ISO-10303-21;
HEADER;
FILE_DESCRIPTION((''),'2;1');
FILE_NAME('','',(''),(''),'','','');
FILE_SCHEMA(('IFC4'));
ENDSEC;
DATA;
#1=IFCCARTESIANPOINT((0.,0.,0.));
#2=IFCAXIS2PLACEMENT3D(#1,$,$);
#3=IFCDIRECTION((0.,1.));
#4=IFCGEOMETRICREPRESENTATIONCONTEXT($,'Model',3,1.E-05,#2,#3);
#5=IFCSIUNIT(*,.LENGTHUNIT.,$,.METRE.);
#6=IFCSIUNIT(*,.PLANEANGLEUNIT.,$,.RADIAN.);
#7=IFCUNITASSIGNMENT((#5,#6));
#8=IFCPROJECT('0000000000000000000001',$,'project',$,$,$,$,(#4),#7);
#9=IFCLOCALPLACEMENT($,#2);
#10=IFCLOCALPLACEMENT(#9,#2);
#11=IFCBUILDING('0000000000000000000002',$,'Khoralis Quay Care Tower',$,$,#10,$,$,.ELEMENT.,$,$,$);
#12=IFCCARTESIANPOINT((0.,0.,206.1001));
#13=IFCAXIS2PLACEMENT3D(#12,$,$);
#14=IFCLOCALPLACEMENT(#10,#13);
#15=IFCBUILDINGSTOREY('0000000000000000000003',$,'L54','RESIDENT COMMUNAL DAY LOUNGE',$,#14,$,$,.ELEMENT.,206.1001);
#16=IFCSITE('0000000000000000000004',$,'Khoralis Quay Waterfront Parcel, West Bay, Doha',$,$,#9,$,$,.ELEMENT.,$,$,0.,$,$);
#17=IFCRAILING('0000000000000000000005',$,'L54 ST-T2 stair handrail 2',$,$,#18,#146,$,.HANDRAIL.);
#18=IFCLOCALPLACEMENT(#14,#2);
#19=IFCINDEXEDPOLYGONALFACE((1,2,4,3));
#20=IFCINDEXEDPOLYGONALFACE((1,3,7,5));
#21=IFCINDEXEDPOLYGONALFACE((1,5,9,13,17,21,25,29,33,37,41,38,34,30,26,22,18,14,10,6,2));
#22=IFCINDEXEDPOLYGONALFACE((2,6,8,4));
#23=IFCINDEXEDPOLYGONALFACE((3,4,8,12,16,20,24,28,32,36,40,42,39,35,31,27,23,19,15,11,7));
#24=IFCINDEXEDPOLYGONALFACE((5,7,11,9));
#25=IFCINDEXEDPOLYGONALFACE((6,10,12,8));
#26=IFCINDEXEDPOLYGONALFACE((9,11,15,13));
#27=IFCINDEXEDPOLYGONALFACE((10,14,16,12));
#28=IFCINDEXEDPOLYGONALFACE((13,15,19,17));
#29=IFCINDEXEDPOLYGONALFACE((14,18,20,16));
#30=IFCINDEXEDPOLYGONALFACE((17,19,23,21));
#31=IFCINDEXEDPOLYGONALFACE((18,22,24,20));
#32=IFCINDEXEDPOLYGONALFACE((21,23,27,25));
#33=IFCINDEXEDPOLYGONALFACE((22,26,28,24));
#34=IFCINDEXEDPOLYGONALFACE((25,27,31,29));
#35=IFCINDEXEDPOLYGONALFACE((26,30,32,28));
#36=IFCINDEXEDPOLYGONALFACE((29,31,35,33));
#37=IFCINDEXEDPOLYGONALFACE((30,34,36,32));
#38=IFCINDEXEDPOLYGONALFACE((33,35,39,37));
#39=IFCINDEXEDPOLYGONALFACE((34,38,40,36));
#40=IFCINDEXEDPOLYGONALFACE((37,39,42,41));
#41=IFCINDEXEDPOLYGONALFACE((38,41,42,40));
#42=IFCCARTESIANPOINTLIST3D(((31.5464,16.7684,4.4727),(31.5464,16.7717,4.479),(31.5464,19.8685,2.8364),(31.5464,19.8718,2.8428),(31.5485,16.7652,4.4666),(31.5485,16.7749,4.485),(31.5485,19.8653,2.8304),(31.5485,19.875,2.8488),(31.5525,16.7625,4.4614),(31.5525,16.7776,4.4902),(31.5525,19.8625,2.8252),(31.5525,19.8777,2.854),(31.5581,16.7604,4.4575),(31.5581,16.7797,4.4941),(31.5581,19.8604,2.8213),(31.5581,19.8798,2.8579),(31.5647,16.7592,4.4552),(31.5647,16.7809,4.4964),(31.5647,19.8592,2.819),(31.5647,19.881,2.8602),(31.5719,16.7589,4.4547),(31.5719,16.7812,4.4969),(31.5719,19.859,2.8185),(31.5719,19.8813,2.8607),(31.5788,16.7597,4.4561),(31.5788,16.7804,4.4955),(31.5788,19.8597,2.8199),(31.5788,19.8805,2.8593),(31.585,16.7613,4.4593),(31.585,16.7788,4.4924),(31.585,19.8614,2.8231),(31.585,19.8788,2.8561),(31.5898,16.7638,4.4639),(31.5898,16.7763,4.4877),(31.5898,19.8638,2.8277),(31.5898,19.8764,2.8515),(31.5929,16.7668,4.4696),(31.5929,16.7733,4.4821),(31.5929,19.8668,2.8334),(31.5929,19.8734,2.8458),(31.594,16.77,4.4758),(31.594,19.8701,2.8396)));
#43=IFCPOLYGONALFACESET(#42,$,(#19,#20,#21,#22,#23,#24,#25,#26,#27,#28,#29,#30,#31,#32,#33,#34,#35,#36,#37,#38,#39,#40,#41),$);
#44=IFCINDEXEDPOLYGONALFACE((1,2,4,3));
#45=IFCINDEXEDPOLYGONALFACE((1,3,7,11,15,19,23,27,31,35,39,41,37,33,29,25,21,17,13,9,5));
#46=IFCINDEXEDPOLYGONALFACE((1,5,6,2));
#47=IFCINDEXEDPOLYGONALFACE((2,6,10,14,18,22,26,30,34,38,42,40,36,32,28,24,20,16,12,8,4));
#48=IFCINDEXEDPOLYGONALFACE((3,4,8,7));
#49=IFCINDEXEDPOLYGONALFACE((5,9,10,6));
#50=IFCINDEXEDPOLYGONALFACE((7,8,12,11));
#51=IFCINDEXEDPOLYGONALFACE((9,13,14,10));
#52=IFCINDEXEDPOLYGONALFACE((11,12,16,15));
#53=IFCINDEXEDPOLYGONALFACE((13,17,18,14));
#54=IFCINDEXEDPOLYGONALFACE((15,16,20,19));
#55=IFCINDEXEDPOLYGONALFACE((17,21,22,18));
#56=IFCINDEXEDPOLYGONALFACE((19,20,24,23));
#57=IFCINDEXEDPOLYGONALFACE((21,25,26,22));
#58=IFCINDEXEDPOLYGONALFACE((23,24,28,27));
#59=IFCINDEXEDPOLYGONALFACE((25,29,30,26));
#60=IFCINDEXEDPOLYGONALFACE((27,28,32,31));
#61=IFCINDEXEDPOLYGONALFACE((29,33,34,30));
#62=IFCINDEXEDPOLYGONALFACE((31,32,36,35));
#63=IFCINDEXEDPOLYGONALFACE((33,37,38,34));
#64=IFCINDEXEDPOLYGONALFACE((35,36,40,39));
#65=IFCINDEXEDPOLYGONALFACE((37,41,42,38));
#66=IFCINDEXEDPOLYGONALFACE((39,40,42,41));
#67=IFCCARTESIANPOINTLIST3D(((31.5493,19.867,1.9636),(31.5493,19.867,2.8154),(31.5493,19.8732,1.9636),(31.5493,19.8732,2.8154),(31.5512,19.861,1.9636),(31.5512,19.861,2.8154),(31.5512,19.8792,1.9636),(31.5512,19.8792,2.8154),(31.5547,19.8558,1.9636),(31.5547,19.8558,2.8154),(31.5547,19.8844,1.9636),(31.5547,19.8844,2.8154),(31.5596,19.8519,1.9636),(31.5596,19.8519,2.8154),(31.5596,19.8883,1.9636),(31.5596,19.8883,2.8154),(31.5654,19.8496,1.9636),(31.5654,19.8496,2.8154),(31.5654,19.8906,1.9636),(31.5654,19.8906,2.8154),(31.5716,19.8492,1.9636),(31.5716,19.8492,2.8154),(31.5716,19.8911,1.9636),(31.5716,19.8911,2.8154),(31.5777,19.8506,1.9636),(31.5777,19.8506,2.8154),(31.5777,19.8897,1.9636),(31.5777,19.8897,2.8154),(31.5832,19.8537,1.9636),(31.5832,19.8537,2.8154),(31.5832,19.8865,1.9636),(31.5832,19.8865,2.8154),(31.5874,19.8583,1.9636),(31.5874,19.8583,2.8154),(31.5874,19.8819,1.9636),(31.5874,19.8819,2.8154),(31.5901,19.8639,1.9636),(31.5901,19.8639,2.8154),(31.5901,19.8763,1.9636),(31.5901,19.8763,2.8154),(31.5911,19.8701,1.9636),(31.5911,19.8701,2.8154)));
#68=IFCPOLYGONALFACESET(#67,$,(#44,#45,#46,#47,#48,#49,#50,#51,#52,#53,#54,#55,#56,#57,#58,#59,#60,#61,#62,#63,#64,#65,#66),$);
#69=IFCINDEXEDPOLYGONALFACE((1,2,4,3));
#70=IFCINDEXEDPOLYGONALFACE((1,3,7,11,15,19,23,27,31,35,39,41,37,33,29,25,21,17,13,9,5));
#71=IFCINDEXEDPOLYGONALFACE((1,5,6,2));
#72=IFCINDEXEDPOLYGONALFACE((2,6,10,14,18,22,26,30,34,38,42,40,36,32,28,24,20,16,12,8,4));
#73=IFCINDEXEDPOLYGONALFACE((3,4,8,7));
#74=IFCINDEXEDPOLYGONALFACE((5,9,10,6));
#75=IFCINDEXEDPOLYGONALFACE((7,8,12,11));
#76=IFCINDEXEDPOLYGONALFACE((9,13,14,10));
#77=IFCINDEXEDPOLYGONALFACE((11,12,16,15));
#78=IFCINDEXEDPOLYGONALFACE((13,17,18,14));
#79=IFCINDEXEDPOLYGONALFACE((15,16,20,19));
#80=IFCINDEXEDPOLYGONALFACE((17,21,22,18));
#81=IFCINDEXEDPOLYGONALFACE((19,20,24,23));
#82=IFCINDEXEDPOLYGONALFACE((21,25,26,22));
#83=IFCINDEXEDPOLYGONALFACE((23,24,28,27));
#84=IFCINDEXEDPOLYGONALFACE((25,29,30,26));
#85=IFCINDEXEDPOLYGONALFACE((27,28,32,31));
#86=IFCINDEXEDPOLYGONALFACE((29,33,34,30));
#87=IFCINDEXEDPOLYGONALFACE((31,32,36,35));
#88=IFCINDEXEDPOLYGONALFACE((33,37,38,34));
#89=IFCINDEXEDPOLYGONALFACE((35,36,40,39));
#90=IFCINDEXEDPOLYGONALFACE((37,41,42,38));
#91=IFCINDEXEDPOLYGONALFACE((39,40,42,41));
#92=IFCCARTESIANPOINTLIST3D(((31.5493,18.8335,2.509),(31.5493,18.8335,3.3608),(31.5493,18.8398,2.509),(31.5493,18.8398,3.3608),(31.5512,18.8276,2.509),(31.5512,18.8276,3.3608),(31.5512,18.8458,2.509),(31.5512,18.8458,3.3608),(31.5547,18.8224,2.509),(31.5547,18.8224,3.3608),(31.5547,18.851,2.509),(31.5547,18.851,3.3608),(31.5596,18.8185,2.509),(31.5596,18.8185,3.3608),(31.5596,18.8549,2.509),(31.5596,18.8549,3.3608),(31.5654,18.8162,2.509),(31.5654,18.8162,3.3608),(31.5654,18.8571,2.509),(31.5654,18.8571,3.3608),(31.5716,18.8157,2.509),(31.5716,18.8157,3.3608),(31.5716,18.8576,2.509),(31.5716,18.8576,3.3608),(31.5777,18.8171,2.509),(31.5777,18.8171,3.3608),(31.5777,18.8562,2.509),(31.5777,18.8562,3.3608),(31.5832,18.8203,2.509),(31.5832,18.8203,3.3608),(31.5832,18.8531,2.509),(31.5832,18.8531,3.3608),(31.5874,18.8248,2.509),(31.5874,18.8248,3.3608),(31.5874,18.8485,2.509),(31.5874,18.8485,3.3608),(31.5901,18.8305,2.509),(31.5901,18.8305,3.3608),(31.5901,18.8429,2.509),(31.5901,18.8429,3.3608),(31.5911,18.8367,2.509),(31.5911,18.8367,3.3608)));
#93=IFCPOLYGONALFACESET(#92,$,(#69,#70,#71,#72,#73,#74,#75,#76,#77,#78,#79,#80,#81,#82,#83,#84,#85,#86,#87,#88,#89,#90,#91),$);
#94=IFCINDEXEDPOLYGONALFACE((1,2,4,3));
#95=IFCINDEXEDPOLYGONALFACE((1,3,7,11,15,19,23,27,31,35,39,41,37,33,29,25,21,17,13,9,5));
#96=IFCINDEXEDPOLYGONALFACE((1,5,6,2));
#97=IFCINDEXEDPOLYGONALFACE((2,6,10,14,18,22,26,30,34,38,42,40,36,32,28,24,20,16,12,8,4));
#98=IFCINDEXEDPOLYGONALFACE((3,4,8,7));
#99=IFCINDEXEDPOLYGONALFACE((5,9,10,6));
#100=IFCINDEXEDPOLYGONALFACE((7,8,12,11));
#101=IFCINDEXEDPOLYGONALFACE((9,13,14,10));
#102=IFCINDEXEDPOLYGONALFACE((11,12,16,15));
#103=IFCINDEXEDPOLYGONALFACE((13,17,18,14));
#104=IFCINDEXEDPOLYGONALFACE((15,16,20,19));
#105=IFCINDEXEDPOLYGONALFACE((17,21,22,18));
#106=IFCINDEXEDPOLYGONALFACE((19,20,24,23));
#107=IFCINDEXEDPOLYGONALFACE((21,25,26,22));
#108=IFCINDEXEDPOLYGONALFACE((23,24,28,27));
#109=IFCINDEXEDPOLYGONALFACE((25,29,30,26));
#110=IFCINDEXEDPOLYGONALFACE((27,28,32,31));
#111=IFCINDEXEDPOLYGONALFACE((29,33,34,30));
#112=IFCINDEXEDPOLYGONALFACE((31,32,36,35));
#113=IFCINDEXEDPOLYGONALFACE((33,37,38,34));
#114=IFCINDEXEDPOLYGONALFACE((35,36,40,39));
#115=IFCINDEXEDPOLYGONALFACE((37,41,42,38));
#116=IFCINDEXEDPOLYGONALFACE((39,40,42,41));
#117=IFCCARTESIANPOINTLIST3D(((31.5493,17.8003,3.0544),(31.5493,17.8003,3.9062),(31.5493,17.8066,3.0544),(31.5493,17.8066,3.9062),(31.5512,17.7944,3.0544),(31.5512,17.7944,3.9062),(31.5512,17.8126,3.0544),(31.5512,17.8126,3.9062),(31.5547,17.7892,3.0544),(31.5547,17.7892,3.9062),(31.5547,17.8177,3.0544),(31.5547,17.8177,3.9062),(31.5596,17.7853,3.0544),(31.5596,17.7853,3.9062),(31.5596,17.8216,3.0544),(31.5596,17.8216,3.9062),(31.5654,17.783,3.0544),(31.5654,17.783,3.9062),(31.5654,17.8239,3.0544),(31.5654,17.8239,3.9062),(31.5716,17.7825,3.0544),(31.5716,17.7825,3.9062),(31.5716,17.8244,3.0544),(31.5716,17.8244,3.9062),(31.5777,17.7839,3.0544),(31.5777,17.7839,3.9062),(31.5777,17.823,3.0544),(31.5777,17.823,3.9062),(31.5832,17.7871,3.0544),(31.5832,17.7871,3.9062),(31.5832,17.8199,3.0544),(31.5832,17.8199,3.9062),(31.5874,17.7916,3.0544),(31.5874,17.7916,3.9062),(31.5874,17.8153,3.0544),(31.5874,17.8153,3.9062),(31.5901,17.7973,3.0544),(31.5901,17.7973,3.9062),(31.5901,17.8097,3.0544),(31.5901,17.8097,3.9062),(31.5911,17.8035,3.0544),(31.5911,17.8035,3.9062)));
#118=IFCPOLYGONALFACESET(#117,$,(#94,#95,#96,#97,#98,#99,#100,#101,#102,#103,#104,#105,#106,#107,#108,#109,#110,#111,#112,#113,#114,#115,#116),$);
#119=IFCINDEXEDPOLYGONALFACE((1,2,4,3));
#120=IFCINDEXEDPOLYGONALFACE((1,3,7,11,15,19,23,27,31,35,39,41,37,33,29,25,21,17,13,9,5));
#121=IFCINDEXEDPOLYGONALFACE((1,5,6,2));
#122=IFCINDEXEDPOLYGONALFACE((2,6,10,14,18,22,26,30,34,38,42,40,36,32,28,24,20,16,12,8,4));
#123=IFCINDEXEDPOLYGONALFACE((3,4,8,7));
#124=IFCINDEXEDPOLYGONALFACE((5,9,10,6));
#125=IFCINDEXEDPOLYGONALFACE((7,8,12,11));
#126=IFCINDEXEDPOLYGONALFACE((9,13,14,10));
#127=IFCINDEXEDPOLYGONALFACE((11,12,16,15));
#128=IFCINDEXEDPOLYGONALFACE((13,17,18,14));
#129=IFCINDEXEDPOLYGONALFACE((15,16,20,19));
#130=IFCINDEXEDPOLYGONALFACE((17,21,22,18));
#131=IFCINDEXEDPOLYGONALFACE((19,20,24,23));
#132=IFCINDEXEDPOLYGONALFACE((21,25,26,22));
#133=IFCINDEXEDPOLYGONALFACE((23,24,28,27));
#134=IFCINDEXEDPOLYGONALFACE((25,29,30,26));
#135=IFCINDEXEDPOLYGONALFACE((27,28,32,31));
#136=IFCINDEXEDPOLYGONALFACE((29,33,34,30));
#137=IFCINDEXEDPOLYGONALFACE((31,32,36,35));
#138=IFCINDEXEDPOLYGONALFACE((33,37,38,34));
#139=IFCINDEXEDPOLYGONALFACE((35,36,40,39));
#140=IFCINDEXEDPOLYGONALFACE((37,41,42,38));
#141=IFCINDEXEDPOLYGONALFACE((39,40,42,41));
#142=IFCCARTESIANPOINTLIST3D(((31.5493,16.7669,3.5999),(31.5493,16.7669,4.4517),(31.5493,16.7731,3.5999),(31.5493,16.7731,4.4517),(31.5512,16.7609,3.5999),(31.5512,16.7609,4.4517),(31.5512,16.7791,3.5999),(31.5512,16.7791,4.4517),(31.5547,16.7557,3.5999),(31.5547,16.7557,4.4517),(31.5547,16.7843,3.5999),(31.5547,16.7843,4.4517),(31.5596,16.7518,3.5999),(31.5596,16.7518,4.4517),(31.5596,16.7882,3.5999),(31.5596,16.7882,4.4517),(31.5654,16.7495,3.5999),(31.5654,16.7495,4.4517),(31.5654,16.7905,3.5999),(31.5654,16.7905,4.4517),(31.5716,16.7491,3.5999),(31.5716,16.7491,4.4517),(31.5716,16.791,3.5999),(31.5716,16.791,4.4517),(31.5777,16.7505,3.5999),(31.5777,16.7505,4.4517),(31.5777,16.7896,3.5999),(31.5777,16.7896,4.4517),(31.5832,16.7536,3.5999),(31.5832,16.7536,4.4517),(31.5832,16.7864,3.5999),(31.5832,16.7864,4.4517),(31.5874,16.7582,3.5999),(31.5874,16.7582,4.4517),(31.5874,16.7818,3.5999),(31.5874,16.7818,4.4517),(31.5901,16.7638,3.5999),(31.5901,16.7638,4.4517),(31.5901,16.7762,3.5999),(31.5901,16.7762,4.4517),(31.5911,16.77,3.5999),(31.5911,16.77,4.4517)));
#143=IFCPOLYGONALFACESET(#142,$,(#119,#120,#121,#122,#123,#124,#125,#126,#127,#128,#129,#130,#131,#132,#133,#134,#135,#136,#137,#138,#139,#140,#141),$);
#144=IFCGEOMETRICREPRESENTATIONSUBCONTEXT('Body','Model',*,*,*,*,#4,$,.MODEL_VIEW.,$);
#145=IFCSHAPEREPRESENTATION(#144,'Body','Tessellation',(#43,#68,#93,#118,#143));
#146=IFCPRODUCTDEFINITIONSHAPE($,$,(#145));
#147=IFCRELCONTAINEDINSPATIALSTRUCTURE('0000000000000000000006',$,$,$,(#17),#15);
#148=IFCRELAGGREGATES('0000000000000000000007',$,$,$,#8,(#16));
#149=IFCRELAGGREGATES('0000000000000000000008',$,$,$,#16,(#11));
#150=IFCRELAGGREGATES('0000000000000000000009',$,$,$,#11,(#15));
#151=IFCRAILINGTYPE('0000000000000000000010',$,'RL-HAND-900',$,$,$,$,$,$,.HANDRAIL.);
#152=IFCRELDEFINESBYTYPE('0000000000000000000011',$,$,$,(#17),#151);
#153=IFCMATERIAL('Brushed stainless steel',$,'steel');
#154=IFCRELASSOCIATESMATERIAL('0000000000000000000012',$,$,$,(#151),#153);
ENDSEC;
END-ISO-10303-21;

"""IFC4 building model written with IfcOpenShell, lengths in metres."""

from ifc_helpers import new_model, si_unit, direction, frame, origin, origin_2d, place, context, subcontext, project, spatial, circle, extrude, material, type_object, element, save


model = new_model("IFC4")

# Units and contexts
model_context = context("Model", 3, precision=1e-05, world=origin(), true_north=direction((0.0, 1.0)))
body_context = subcontext(model_context, "Body", "Model", "MODEL_VIEW")
ifc_project = project(units=[si_unit("LENGTHUNIT", "METRE"), si_unit("PLANEANGLEUNIT", "RADIAN")], contexts=[model_context])

# Site, building, storey
site_placement = place(None, origin())
site = spatial("IfcSite", under=ifc_project, at=site_placement, Name="Khoralis Quay Waterfront Parcel, West Bay, Doha", CompositionType="ELEMENT", RefElevation=0.0)
building_placement = place(site_placement, origin())
building = spatial("IfcBuilding", under=site, at=building_placement, Name="Khoralis Quay Care Tower", CompositionType="ELEMENT")
storey_placement = place(building_placement, frame((0.0, 0.0, 206.1001)))
storey = spatial("IfcBuildingStorey", under=building, at=storey_placement, Name="L54", Description="RESIDENT COMMUNAL DAY LOUNGE", CompositionType="ELEMENT", Elevation=206.1001)

# Shared definitions
ifc_material_1 = material(Name="Brushed stainless steel", Category="steel")

# Railing
railing_type_1 = type_object("IfcRailingType", Name="RL-HAND-900", PredefinedType="HANDRAIL", material=ifc_material_1)
railing_1_placement = place(storey_placement, frame((31.5701, 19.8701, 1.9636)))
element("IfcRailing", 1, at=railing_1_placement, inside=storey, type_object=railing_type_1, Name="L54 ST-T2 stair handrail 2", PredefinedType="HANDRAIL", context=body_context, shape_type="SweptSolid", body=[
    extrude(circle(Radius=0.0239, at=origin_2d()), frame((0.0, 0.0, 0.876), z_axis=(0.0, -0.884377, 0.466774), x_axis=(1.0, 0.0, 0.0)), (0.0, 0.0, 1.0), 3.5054),
    extrude(circle(Radius=0.021, at=origin_2d()), origin(), (0.0, 0.0, 1.0), 0.8518),
    extrude(circle(Radius=0.021, at=origin_2d()), frame((0.0, -1.0334, 0.5454)), (0.0, 0.0, 1.0), 0.8518),
    extrude(circle(Radius=0.021, at=origin_2d()), frame((0.0, -2.0667, 1.0908)), (0.0, 0.0, 1.0), 0.8518),
    extrude(circle(Radius=0.021, at=origin_2d()), frame((0.0, -3.1001, 1.6362)), (0.0, 0.0, 1.0), 0.8518),
])

save(model, "model.ifc")
